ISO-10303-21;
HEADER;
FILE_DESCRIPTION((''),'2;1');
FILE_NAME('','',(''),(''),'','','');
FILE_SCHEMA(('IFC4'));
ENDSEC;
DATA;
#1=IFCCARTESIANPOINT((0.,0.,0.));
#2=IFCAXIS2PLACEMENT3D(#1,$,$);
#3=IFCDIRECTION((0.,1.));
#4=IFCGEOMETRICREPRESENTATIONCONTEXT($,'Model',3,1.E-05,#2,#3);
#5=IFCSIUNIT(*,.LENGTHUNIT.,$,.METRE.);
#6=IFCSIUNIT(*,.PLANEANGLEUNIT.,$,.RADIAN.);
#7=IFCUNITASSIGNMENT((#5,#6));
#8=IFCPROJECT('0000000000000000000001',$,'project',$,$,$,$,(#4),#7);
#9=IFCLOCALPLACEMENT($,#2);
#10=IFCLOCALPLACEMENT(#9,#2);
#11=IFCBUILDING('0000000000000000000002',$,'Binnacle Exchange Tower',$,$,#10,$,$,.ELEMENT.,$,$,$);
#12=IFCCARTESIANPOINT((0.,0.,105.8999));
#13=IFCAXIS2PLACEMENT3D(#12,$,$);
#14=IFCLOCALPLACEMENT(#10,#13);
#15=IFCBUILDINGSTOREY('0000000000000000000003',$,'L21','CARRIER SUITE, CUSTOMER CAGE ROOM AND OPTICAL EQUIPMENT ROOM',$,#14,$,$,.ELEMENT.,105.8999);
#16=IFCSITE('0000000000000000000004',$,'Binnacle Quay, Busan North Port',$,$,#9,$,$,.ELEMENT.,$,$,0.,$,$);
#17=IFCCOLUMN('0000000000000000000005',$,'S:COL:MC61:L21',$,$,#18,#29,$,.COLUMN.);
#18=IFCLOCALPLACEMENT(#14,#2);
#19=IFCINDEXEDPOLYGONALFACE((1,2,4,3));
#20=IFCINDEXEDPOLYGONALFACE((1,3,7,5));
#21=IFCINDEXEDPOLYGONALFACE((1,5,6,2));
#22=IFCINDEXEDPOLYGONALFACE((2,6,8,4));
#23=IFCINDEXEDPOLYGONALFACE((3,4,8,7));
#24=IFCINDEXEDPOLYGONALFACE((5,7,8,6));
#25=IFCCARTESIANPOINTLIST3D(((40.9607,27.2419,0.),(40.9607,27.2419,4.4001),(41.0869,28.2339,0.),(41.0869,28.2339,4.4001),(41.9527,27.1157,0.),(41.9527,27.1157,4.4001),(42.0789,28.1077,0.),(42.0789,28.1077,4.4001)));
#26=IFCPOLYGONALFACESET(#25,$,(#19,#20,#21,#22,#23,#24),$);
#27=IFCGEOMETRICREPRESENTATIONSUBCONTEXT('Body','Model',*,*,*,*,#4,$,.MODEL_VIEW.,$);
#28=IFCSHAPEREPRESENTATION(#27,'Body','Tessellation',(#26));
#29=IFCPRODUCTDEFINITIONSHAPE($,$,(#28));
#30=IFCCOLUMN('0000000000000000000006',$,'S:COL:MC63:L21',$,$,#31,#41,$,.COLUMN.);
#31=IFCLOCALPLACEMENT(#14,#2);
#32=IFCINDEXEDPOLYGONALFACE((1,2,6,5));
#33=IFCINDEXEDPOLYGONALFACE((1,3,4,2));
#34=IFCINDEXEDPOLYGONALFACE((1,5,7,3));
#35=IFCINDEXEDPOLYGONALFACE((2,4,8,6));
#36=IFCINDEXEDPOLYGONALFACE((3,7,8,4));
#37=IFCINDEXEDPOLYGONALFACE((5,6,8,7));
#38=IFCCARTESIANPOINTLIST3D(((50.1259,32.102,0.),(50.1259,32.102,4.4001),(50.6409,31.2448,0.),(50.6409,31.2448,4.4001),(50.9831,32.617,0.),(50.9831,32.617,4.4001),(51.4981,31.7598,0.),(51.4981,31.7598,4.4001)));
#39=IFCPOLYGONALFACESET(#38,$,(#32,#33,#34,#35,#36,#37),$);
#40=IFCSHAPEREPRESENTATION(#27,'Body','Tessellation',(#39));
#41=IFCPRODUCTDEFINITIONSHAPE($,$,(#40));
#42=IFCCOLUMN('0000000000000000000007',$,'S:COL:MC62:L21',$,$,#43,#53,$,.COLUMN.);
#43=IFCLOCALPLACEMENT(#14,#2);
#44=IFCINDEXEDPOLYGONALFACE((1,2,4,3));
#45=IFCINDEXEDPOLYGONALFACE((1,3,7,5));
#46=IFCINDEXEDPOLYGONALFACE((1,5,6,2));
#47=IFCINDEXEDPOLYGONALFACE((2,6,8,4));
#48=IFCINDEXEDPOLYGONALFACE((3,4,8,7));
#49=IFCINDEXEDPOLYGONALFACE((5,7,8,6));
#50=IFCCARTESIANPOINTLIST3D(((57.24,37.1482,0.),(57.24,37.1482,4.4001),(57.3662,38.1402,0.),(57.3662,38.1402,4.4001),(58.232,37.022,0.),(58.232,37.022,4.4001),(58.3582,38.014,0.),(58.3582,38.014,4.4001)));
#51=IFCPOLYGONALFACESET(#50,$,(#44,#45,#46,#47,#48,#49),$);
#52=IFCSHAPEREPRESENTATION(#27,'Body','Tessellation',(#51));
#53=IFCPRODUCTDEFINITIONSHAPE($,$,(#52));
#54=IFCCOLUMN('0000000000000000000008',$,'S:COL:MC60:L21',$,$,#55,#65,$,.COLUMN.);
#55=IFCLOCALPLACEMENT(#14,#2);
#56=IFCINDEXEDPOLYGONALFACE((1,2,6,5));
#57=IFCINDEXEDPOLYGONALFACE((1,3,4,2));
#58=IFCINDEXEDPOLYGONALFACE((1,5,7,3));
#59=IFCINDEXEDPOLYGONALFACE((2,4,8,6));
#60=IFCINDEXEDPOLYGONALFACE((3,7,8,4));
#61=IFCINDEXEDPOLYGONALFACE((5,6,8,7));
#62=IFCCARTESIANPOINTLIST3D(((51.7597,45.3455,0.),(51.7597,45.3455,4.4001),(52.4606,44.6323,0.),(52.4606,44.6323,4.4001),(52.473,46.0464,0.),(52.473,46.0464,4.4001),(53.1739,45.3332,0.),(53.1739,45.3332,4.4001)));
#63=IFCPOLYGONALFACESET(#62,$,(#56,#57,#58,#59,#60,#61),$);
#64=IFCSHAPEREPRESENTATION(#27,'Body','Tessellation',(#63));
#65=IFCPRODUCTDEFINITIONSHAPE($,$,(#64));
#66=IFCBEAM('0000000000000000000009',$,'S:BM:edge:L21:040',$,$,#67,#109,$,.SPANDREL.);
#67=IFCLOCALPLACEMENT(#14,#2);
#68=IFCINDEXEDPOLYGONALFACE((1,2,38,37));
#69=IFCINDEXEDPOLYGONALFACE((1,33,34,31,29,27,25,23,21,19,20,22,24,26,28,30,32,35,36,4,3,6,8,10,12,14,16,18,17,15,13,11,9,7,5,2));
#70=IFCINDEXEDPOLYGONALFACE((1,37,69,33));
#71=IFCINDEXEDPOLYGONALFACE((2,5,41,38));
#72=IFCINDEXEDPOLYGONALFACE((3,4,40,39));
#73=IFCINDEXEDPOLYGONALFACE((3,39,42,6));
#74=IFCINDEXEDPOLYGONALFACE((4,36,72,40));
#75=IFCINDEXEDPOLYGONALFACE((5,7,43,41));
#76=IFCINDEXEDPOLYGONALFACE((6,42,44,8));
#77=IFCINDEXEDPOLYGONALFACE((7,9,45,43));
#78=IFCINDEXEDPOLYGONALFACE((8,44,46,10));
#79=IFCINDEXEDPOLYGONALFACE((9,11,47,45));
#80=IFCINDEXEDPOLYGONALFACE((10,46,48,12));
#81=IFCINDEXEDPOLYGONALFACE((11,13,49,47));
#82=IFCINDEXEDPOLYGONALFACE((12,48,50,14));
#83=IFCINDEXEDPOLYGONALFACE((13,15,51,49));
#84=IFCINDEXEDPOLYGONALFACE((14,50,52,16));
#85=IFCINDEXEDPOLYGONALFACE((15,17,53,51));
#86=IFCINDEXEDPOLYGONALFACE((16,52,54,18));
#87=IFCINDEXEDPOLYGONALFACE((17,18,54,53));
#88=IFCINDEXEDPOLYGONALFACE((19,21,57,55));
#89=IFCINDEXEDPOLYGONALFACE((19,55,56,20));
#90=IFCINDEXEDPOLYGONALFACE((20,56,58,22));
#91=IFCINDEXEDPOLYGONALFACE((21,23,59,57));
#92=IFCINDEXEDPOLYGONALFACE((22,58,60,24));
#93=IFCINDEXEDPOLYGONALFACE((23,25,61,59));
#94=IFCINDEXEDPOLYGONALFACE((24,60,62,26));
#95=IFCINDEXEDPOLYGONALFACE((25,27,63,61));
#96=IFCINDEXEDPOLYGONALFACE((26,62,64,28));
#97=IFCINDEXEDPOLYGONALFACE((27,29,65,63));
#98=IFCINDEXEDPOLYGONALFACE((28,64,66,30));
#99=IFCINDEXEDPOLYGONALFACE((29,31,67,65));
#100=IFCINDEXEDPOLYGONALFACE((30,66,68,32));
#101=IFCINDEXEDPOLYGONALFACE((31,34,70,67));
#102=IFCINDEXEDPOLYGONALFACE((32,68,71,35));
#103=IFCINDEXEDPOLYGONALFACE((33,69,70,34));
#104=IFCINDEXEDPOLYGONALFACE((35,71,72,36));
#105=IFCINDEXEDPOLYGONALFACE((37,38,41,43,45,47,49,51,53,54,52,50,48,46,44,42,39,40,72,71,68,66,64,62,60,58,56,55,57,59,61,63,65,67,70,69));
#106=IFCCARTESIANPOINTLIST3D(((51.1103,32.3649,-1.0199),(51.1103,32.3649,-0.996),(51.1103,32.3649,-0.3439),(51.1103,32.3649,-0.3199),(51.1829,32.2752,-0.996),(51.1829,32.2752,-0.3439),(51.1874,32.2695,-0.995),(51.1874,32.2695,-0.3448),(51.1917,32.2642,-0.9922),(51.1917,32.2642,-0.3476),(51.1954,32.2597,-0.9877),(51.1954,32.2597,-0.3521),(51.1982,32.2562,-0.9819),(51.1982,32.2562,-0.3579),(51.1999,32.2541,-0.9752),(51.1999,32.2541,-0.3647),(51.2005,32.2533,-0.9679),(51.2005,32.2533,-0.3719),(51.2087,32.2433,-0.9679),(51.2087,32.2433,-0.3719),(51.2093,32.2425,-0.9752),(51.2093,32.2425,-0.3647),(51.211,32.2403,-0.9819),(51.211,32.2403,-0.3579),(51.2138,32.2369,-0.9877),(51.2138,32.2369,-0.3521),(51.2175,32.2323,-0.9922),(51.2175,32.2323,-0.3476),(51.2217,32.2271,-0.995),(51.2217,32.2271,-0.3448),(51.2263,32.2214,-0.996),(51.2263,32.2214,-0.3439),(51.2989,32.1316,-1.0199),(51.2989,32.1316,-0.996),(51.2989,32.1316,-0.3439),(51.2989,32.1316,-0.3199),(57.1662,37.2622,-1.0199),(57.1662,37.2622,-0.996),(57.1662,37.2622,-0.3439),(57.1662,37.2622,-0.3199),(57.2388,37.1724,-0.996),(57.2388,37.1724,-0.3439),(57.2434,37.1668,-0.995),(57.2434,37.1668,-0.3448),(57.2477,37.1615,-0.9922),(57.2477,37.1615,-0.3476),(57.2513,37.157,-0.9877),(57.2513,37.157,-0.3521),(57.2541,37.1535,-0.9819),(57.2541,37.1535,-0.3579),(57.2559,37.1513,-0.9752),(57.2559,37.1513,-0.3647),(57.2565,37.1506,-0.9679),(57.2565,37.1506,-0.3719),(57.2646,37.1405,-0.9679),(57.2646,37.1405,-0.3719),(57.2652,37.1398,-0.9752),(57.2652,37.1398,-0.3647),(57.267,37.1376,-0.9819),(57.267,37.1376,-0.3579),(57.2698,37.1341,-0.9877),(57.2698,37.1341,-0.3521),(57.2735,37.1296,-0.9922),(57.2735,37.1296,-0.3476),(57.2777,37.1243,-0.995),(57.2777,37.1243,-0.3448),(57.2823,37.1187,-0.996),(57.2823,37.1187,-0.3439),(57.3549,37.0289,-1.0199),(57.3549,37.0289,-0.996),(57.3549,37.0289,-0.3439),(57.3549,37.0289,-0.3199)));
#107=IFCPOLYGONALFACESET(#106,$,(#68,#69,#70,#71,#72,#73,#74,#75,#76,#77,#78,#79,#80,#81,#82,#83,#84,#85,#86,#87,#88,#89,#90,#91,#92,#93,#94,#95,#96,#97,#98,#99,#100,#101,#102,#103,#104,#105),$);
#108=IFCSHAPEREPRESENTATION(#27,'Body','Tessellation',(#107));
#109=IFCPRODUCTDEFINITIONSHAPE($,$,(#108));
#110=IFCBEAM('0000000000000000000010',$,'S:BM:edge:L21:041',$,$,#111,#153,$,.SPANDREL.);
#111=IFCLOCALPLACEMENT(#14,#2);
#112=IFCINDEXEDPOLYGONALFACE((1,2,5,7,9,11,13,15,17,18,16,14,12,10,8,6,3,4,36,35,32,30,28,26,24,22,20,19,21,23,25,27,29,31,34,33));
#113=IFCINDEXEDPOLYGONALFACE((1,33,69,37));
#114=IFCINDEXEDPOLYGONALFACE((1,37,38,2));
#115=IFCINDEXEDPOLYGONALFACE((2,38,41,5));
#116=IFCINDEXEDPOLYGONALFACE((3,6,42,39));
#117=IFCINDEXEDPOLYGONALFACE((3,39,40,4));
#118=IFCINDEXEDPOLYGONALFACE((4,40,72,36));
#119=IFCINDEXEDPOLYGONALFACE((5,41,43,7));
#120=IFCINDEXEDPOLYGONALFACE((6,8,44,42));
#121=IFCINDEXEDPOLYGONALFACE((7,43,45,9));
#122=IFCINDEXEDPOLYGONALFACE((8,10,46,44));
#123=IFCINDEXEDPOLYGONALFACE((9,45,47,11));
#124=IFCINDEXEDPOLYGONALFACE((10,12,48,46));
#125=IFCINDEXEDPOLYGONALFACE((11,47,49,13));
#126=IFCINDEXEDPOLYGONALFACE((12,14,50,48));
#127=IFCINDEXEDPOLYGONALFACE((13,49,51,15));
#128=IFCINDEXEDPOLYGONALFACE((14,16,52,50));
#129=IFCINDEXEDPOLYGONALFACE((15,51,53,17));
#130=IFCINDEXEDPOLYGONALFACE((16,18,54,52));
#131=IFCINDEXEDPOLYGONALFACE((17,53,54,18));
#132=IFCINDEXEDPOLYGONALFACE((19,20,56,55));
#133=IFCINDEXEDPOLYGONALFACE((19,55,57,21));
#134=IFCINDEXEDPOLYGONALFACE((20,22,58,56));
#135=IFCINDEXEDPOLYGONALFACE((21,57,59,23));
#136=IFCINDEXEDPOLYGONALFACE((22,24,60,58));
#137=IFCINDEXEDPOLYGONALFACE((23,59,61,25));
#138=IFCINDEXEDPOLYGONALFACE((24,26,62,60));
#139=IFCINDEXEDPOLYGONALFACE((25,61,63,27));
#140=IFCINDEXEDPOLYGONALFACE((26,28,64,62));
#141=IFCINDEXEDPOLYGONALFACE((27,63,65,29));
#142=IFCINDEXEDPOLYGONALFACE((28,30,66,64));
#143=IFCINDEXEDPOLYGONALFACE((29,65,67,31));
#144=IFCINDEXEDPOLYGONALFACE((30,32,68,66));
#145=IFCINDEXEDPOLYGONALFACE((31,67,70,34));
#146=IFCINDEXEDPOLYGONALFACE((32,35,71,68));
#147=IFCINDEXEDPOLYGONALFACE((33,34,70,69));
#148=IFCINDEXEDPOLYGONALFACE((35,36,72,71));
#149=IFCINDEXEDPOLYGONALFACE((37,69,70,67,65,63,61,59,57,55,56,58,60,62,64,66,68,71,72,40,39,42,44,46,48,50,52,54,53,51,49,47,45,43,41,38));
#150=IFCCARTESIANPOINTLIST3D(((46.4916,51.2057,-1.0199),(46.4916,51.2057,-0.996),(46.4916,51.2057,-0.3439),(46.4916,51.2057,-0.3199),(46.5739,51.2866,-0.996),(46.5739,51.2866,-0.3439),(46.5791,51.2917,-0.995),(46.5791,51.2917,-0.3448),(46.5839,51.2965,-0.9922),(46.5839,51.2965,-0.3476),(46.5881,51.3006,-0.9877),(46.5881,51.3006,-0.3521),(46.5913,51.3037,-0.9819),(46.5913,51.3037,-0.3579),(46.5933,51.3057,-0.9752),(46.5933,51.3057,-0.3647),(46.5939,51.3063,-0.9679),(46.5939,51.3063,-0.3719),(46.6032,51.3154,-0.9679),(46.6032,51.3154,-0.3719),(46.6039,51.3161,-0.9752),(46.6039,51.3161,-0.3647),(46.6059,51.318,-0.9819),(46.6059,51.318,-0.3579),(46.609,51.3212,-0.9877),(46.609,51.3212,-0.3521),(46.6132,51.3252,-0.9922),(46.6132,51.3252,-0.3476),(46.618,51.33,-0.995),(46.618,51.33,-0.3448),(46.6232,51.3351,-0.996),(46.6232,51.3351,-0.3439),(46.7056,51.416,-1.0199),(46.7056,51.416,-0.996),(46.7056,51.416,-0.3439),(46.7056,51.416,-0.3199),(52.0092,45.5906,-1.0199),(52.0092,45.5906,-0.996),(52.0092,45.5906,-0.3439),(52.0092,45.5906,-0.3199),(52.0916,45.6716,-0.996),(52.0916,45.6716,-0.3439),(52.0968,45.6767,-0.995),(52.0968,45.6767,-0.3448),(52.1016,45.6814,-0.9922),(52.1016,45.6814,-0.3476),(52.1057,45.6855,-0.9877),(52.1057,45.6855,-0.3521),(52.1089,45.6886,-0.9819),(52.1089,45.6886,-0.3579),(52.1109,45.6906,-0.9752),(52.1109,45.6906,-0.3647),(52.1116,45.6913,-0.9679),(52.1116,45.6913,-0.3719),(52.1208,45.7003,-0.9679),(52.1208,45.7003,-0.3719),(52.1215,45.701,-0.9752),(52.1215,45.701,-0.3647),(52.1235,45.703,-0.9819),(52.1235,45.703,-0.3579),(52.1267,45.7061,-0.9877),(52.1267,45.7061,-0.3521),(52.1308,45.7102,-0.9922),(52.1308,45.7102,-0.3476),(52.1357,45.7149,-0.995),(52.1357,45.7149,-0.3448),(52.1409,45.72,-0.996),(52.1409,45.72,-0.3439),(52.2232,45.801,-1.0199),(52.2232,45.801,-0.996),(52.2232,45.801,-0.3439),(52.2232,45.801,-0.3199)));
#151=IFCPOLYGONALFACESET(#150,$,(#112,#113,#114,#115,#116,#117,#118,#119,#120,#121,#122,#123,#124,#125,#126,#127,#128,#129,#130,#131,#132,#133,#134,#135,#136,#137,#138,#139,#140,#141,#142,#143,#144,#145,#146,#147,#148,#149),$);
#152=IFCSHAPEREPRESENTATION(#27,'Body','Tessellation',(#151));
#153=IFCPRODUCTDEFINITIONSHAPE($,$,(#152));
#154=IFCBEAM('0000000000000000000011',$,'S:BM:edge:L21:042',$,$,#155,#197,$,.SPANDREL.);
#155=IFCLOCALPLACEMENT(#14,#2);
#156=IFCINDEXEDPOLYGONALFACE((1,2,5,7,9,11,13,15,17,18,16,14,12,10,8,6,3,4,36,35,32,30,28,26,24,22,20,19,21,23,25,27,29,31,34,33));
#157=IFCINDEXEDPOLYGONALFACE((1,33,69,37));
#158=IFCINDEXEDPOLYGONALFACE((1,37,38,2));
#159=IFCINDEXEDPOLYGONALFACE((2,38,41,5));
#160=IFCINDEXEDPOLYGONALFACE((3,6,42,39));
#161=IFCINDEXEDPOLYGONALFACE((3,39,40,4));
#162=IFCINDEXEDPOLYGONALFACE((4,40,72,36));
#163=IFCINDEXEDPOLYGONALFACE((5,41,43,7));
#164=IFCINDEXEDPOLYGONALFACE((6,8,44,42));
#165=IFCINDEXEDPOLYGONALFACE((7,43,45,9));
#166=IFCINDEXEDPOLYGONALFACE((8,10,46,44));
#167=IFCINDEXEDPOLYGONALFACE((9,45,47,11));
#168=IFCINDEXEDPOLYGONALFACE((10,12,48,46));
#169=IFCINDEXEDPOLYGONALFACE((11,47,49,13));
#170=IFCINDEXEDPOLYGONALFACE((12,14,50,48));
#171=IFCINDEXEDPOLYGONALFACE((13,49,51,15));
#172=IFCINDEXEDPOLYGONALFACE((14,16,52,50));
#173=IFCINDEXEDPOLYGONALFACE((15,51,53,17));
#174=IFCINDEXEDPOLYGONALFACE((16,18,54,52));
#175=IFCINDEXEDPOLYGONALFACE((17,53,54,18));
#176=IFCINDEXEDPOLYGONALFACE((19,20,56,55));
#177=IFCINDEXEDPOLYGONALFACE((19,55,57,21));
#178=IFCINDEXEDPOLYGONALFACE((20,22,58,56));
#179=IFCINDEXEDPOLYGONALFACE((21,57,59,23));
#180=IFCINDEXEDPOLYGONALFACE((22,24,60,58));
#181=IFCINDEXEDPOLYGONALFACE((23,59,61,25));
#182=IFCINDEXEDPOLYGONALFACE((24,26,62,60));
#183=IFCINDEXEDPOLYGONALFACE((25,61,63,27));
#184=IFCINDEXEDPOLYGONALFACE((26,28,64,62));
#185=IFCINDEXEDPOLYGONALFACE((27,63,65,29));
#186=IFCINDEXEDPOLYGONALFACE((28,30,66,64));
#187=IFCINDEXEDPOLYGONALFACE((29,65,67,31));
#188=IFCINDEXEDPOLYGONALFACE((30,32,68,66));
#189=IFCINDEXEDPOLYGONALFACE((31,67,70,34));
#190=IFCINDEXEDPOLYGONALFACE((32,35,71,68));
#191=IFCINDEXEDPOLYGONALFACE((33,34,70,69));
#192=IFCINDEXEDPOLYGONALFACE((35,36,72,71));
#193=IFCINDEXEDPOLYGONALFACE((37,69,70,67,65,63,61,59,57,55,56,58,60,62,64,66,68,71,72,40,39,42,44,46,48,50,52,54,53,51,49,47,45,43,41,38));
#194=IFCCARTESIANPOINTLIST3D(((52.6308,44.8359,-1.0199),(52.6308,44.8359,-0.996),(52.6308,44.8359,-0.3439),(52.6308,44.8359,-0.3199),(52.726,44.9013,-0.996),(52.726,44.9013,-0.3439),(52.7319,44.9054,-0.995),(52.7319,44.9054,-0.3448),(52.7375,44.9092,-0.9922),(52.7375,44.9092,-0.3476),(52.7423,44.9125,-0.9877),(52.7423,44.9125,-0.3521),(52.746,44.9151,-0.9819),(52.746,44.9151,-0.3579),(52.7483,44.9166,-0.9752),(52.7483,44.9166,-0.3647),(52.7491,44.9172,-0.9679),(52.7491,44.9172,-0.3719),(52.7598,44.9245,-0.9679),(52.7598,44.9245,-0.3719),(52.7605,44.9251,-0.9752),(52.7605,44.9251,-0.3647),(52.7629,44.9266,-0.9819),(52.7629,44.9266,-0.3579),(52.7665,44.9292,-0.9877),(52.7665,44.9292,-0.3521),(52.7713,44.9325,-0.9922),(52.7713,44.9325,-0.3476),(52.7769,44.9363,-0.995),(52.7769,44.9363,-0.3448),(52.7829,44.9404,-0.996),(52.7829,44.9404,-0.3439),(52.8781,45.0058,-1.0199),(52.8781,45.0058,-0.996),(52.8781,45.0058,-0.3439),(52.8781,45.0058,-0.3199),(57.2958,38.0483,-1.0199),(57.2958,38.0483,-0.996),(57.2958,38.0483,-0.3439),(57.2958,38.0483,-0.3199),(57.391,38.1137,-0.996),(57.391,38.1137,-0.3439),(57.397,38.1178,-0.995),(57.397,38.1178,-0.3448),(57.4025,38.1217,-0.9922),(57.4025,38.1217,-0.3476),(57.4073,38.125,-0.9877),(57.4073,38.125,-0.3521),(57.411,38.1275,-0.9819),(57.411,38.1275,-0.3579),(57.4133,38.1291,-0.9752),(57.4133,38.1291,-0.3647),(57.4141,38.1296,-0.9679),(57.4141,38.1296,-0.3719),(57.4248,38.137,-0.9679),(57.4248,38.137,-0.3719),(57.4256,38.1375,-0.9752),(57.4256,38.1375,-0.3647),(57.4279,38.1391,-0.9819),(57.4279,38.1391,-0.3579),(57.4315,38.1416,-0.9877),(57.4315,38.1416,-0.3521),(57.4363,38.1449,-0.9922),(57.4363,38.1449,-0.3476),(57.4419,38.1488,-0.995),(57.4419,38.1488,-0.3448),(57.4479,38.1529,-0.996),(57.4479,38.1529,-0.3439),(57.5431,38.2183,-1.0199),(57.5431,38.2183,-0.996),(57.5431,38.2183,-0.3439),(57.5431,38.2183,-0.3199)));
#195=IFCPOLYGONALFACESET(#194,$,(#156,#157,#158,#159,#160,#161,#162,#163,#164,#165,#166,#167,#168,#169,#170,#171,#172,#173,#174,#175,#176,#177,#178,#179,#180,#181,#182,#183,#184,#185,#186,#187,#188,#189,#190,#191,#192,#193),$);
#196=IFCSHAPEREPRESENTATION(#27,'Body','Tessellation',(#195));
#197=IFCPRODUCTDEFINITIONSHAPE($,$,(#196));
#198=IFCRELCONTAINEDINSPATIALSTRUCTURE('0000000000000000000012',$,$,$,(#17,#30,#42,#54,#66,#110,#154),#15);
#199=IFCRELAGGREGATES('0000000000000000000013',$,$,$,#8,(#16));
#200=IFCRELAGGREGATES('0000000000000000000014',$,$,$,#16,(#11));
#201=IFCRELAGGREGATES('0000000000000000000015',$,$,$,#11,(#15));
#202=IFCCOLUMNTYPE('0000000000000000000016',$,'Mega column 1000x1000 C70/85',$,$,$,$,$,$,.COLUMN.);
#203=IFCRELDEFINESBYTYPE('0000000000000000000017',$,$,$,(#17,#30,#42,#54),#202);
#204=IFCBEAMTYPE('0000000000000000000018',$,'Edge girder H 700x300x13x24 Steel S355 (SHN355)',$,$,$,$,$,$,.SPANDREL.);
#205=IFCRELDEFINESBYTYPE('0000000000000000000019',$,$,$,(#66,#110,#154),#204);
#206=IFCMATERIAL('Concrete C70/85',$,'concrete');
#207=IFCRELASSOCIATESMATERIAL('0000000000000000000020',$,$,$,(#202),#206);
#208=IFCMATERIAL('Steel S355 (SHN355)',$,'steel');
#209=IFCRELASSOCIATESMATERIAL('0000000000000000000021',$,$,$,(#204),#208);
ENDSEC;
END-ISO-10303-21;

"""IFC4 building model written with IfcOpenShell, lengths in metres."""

from ifc_helpers import new_model, si_unit, direction, frame, origin, origin_2d, place, context, subcontext, project, spatial, rectangle, i_section, extrude, material, material_profile, profile_set, type_object, element, save


model = new_model("IFC4")

# Units and contexts
model_context = context("Model", 3, precision=1e-05, world=origin(), true_north=direction((0.0, 1.0)))
body_context = subcontext(model_context, "Body", "Model", "MODEL_VIEW")
ifc_project = project(units=[si_unit("LENGTHUNIT", "METRE"), si_unit("PLANEANGLEUNIT", "RADIAN")], contexts=[model_context])

# Site, building, storey
site_placement = place(None, origin())
site = spatial("IfcSite", under=ifc_project, at=site_placement, Name="Binnacle Quay, Busan North Port", CompositionType="ELEMENT", RefElevation=0.0)
building_placement = place(site_placement, origin())
building = spatial("IfcBuilding", under=site, at=building_placement, Name="Binnacle Exchange Tower", CompositionType="ELEMENT")
storey_placement = place(building_placement, frame((0.0, 0.0, 105.8999)))
storey = spatial("IfcBuildingStorey", under=building, at=storey_placement, Name="L21", Description="CARRIER SUITE, CUSTOMER CAGE ROOM AND OPTICAL EQUIPMENT ROOM", CompositionType="ELEMENT", Elevation=105.8999)

# Columns
ifc_material_1 = material(Name="Concrete C70/85", Category="concrete")
ifc_material_profile_1 = material_profile(ifc_material_1, rectangle(XDim=1.0, YDim=1.0, at=origin_2d()), Name="Mega column 1000x1000 C70/85")
ifc_profile_set_1 = profile_set([ifc_material_profile_1], Name="Concrete C70/85")
column_type = type_object("IfcColumnType", Name="Mega column 1000x1000 C70/85", PredefinedType="COLUMN", material=ifc_profile_set_1)
for number, where, z_axis, x_axis, name in (
    (1, (41.5198, 27.6748, 0.0), (0.0, 0.0, 1.0), (0.992005, -0.126199, 0.0), "S:COL:MC61:L21"),
    (2, (50.812, 31.9309, 0.0), (0.0, 0.0, 1.0), (0.857167, 0.515038, 0.0), "S:COL:MC63:L21"),
    (3, (57.7991, 37.5811, 0.0), (0.0, 0.0, 1.0), (0.126199, 0.992005, 0.0), "S:COL:MC62:L21"),
    (4, (52.4668, 45.3394, 0.0), (0.0, 0.0, 1.0), (-0.700909, 0.71325, 0.0), "S:COL:MC60:L21"),
):
    element("IfcColumn", number, at=place(storey_placement, frame(where, z_axis=z_axis, x_axis=x_axis)), inside=storey, type_object=column_type, Name=name, PredefinedType="COLUMN", context=body_context, shape_type="SweptSolid", body=[
        extrude(rectangle(XDim=1.0, YDim=1.0, at=origin_2d()), origin(), (0.0, 0.0, 1.0), 4.4001),
    ])

# Beams
ifc_material_2 = material(Name="Steel S355 (SHN355)", Category="steel")
ifc_material_profile_2 = material_profile(ifc_material_2, i_section(OverallWidth=0.3, OverallDepth=0.7, WebThickness=0.0129, FlangeThickness=0.0239, FilletRadius=0.0281, at=origin_2d()), Name="H 700x300x13x24")
ifc_profile_set_2 = profile_set([ifc_material_profile_2], Name="Steel S355 (SHN355)")
beam_type_1 = type_object("IfcBeamType", Name="Edge girder H 700x300x13x24 Steel S355 (SHN355)", PredefinedType="SPANDREL", material=ifc_profile_set_2)
beam_1_placement = place(storey_placement, frame((51.2046, 32.2483, -0.6699), z_axis=(0.77757, 0.628796, 0.0), x_axis=(-0.628796, 0.77757, 0.0)))
element("IfcBeam", 5, at=beam_1_placement, inside=storey, type_object=beam_type_1, Name="S:BM:edge:L21:040", PredefinedType="SPANDREL", context=body_context, shape_type="SweptSolid", body=[
    extrude(i_section(OverallWidth=0.3, OverallDepth=0.7, WebThickness=0.0129, FlangeThickness=0.0239, FilletRadius=0.0281, at=origin_2d()), origin(), (0.0, 0.0, 1.0), 7.7883),
])
beam_2_placement = place(storey_placement, frame((52.1162, 45.6958, -0.6699), z_axis=(-0.700893, 0.713267, 0.0), x_axis=(-0.713267, -0.700893, 0.0)))
element("IfcBeam", 6, at=beam_2_placement, inside=storey, type_object=beam_type_1, Name="S:BM:edge:L21:041", PredefinedType="SPANDREL", context=body_context, shape_type="SweptSolid", body=[
    extrude(i_section(OverallWidth=0.3, OverallDepth=0.7, WebThickness=0.0129, FlangeThickness=0.0239, FilletRadius=0.0281, at=origin_2d()), origin(), (0.0, 0.0, 1.0), 7.8723),
])
beam_3_placement = place(storey_placement, frame((57.4194, 38.1333, -0.6699), z_axis=(-0.566411, 0.824123, 0.0), x_axis=(-0.824123, -0.566411, 0.0)))
element("IfcBeam", 7, at=beam_3_placement, inside=storey, type_object=beam_type_1, Name="S:BM:edge:L21:042", PredefinedType="SPANDREL", context=body_context, shape_type="SweptSolid", body=[
    extrude(i_section(OverallWidth=0.3, OverallDepth=0.7, WebThickness=0.0129, FlangeThickness=0.0239, FilletRadius=0.0281, at=origin_2d()), origin(), (0.0, 0.0, 1.0), 8.2361),
])

save(model, "model.ifc")
